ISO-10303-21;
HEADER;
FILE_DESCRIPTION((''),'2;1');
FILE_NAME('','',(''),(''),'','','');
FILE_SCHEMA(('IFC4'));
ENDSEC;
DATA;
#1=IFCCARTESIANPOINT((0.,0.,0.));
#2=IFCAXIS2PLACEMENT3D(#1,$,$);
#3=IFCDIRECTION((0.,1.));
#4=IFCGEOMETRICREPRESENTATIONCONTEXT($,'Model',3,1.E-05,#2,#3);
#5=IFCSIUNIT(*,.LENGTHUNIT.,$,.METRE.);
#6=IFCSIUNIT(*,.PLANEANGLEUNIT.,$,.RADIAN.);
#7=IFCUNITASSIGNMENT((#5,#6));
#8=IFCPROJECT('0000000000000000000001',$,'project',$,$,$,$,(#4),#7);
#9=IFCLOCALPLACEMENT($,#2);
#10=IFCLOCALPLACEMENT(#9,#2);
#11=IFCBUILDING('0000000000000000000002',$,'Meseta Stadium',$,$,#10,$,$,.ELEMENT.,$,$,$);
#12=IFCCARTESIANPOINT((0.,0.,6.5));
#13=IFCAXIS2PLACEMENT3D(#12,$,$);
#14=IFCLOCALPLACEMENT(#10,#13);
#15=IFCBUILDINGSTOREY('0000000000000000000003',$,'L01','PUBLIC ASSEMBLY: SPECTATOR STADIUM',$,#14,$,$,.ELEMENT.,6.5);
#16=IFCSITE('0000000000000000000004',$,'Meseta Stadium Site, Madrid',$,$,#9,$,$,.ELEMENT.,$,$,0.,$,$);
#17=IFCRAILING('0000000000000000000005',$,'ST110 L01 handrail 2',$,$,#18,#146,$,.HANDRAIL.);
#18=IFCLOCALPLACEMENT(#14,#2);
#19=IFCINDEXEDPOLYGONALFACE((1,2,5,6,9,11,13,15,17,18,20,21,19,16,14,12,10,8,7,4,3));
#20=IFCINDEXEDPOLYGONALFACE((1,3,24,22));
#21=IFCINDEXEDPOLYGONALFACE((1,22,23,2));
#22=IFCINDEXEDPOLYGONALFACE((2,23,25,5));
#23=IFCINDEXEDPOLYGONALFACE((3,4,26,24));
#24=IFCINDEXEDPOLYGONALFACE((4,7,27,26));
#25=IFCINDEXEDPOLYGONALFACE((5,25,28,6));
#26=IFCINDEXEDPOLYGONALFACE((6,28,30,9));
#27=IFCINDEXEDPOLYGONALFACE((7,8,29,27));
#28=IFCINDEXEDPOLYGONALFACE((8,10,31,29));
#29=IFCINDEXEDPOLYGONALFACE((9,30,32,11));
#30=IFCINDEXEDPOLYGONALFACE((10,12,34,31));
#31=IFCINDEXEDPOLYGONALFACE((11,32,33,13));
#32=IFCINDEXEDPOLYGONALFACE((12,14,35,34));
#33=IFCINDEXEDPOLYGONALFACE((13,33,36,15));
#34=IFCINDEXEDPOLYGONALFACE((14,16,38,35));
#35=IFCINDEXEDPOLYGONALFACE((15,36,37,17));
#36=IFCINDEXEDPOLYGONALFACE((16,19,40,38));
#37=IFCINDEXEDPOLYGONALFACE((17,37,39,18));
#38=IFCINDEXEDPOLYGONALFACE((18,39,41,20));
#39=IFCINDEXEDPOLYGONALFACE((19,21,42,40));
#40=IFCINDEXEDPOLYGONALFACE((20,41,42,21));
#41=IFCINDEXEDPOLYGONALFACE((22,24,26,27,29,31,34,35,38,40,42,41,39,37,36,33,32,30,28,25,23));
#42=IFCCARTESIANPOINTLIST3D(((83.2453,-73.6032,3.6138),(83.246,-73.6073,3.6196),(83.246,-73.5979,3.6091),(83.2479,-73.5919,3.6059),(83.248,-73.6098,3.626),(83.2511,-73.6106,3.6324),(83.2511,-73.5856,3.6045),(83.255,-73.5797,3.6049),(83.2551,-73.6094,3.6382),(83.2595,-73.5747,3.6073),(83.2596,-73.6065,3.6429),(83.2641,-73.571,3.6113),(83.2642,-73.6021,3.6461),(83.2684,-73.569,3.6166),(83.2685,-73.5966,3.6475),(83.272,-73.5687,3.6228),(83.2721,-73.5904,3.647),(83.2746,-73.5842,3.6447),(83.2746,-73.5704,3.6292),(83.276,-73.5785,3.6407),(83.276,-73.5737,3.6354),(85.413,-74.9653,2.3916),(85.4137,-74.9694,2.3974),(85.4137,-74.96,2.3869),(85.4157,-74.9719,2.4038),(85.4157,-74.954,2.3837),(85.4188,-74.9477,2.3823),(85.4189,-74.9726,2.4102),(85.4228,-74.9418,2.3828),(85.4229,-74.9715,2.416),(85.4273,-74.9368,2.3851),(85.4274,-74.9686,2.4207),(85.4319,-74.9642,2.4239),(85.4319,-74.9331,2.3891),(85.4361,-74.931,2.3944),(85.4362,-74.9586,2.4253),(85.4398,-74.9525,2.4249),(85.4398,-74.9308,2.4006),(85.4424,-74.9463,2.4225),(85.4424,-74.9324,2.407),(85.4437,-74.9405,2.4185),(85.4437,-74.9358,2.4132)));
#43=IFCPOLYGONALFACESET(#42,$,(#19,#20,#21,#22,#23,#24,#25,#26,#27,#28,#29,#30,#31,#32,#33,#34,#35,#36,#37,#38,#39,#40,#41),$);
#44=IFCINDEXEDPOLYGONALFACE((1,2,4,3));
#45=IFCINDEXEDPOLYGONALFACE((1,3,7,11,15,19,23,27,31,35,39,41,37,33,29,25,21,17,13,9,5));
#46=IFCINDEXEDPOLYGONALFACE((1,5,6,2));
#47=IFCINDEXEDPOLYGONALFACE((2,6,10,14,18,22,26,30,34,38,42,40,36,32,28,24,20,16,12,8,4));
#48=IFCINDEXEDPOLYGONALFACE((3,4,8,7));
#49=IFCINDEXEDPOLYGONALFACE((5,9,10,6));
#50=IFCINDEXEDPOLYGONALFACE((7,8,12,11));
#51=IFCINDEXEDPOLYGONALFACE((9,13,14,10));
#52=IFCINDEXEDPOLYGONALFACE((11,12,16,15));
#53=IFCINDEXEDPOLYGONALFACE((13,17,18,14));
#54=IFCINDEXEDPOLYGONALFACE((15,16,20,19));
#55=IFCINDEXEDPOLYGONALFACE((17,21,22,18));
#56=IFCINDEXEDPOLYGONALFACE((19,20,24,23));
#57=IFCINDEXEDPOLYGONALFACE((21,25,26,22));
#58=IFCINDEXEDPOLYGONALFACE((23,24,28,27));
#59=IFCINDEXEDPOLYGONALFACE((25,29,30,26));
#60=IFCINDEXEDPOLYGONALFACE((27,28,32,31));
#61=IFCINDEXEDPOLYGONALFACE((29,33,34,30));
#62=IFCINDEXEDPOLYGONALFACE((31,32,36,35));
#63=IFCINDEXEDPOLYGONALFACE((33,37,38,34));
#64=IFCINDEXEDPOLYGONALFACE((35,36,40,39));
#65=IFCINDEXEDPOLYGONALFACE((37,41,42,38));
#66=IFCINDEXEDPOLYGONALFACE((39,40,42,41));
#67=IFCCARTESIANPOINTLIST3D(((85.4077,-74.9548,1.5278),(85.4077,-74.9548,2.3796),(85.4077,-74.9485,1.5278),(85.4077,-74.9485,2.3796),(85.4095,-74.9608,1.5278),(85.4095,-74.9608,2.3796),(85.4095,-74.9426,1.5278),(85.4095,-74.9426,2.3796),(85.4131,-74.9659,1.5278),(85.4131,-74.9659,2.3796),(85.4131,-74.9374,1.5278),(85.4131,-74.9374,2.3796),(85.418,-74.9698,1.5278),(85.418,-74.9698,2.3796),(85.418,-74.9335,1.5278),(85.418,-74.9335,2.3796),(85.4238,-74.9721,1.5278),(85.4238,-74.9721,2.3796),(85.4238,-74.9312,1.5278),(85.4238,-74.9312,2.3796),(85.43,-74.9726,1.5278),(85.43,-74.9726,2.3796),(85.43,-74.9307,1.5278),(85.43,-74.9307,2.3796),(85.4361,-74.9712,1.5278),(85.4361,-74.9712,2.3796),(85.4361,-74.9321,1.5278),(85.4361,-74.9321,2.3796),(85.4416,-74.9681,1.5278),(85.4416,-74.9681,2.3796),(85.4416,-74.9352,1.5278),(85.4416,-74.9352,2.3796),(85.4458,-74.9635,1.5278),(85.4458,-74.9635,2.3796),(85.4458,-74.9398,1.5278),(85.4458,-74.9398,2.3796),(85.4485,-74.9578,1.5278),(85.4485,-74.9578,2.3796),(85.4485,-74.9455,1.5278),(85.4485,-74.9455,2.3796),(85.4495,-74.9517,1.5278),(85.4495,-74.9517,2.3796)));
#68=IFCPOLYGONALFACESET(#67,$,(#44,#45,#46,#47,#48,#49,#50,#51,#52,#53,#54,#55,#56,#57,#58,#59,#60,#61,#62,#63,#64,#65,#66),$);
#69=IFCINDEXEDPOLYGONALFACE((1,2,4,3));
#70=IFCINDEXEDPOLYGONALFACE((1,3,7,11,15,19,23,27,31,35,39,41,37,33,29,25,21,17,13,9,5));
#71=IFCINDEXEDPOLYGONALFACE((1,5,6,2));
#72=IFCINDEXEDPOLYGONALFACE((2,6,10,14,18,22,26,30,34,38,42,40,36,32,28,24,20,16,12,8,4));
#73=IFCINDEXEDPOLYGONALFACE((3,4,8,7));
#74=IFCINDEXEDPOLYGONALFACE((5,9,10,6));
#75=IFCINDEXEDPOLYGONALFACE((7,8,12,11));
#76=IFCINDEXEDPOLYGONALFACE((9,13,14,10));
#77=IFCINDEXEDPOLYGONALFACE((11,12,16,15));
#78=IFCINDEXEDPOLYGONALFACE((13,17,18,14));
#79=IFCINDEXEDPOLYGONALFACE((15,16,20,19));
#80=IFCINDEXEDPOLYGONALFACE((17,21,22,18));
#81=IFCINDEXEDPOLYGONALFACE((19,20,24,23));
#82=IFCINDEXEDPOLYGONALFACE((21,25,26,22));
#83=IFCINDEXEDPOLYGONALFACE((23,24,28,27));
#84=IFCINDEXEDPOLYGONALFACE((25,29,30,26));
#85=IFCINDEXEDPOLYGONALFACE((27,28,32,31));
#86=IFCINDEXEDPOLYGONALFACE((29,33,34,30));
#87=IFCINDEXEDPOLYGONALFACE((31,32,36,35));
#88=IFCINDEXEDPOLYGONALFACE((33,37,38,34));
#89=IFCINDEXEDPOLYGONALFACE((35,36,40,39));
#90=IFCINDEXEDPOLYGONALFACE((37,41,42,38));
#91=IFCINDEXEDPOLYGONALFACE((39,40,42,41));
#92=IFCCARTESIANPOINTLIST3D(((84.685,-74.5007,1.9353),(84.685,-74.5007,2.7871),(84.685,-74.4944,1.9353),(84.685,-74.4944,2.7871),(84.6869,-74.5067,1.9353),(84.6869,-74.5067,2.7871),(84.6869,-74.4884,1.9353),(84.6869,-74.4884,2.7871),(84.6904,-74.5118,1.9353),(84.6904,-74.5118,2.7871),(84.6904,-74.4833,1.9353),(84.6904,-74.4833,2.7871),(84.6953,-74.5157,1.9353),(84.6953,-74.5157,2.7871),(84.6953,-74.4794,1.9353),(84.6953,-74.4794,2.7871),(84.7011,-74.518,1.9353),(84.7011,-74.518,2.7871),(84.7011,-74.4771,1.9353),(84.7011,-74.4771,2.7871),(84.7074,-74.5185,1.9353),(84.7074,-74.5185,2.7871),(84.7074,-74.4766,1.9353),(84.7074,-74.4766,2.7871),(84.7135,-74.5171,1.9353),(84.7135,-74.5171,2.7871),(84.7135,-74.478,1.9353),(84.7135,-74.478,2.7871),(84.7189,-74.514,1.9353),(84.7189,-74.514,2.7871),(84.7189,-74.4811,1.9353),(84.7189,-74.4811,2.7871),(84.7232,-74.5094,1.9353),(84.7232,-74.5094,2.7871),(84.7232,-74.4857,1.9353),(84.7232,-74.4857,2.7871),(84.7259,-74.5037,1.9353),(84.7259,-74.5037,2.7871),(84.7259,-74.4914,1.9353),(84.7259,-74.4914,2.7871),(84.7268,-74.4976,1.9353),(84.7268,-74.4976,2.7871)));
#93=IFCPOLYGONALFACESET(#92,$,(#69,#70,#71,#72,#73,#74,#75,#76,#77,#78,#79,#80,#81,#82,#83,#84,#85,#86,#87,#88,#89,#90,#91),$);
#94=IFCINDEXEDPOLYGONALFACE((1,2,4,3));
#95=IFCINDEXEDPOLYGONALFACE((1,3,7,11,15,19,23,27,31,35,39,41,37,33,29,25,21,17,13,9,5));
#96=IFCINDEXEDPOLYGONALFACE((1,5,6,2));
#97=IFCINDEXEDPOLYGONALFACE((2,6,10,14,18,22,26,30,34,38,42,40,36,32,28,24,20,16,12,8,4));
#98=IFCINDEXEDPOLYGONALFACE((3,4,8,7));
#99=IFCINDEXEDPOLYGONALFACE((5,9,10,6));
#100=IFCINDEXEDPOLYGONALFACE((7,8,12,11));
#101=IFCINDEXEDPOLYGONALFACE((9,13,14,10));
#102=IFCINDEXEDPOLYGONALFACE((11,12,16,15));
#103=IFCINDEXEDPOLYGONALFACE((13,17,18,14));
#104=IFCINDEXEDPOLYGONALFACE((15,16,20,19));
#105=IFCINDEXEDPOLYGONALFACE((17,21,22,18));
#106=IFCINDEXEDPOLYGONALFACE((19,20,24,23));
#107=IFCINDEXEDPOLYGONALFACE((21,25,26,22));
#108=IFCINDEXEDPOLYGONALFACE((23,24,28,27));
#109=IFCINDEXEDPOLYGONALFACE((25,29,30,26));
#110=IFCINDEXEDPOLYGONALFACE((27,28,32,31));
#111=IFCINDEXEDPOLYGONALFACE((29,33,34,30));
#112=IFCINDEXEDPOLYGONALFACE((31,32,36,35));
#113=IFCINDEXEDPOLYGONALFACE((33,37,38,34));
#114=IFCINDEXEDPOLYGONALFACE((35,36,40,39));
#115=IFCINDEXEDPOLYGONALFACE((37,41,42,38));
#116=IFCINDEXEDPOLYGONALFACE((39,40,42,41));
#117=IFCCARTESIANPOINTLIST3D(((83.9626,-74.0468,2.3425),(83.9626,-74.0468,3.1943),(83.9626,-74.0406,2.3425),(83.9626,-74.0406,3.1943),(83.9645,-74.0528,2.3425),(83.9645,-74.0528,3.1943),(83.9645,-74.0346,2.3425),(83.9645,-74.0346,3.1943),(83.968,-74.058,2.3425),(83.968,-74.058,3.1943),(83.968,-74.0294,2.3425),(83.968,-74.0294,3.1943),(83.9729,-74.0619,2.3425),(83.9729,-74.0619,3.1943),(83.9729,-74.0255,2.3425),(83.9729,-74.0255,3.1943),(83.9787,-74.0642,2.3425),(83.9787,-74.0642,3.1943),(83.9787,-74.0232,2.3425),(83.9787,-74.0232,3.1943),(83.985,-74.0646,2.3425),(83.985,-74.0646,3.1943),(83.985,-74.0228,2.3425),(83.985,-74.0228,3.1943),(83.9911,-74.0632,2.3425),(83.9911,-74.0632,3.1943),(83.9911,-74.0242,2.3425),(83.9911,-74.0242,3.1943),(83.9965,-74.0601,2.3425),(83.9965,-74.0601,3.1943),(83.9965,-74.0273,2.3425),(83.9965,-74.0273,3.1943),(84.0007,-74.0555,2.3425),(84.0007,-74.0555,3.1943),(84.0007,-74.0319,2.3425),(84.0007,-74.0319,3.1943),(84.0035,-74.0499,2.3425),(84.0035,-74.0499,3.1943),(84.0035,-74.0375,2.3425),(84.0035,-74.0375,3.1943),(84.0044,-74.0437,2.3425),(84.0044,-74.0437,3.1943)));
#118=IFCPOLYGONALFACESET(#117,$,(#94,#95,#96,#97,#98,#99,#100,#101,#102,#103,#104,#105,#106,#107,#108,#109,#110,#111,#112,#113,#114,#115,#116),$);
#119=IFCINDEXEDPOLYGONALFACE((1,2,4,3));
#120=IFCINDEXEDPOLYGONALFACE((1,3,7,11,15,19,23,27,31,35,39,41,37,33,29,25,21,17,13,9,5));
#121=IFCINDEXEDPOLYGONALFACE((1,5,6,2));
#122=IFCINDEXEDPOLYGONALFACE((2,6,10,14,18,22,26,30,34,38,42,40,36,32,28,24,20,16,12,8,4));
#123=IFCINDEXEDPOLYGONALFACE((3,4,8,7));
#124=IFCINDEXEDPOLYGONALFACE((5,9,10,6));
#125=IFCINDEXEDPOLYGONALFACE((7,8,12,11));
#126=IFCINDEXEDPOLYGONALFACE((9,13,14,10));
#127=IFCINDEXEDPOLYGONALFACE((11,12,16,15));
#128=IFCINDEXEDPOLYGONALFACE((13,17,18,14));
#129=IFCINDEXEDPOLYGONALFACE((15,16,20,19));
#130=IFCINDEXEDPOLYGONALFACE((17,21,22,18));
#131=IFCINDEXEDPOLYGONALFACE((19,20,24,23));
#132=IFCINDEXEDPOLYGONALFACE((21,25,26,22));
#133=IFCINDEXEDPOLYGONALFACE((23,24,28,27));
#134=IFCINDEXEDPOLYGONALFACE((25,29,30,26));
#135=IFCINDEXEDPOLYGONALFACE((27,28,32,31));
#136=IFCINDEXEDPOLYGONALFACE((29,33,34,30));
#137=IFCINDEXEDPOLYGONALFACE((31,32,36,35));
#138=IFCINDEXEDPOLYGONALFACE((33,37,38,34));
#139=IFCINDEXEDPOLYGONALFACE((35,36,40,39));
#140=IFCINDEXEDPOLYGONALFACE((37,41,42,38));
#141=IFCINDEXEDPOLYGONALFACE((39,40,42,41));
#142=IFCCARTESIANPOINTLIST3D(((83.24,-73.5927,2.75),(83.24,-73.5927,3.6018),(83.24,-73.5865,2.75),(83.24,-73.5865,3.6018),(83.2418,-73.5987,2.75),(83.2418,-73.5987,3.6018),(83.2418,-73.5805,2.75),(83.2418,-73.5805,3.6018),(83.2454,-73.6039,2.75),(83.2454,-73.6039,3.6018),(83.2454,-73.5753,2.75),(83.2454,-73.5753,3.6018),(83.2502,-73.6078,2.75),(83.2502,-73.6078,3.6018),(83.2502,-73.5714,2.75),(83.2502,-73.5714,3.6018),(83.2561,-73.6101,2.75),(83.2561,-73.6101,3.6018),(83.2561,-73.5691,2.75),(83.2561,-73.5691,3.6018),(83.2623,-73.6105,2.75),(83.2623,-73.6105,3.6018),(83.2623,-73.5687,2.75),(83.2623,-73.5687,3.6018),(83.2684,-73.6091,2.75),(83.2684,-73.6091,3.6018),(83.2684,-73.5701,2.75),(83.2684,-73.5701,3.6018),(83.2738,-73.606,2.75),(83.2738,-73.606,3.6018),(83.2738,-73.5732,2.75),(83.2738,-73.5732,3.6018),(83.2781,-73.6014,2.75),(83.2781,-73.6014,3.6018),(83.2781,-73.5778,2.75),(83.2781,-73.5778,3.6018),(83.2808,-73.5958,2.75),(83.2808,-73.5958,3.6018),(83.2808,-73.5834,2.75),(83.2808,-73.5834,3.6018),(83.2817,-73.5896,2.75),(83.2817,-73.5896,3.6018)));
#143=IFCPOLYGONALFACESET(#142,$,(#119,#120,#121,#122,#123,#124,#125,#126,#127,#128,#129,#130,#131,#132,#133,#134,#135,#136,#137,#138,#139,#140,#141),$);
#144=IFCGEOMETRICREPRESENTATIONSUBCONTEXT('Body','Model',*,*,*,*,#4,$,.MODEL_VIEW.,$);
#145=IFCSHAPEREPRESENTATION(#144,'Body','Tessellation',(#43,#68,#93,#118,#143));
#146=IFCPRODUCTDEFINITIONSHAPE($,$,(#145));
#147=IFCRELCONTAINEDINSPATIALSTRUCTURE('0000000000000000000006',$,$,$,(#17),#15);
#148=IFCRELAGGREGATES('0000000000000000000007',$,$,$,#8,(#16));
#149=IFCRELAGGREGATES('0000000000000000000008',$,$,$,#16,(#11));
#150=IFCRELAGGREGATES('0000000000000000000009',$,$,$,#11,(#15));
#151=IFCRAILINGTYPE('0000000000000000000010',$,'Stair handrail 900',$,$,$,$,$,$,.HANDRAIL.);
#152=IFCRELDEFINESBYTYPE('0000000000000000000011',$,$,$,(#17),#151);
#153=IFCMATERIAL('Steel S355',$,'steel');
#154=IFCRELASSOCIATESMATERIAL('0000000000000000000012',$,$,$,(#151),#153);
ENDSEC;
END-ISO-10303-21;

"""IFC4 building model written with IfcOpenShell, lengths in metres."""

from ifc_helpers import new_model, si_unit, direction, frame, origin, origin_2d, place, context, subcontext, project, spatial, circle, extrude, material, type_object, element, save


model = new_model("IFC4")

# Units and contexts
model_context = context("Model", 3, precision=1e-05, world=origin(), true_north=direction((0.0, 1.0)))
body_context = subcontext(model_context, "Body", "Model", "MODEL_VIEW")
ifc_project = project(units=[si_unit("LENGTHUNIT", "METRE"), si_unit("PLANEANGLEUNIT", "RADIAN")], contexts=[model_context])

# Site, building, storey
site_placement = place(None, origin())
site = spatial("IfcSite", under=ifc_project, at=site_placement, Name="Meseta Stadium Site, Madrid", CompositionType="ELEMENT", RefElevation=0.0)
building_placement = place(site_placement, origin())
building = spatial("IfcBuilding", under=site, at=building_placement, Name="Meseta Stadium", CompositionType="ELEMENT")
storey_placement = place(building_placement, frame((0.0, 0.0, 6.5)))
storey = spatial("IfcBuildingStorey", under=building, at=storey_placement, Name="L01", Description="PUBLIC ASSEMBLY: SPECTATOR STADIUM", CompositionType="ELEMENT", Elevation=6.5)

# Railing
ifc_material_1 = material(Name="Steel S355", Category="steel")
railing_type_1 = type_object("IfcRailingType", Name="Stair handrail 900", PredefinedType="HANDRAIL", material=ifc_material_1)
for number, where, name in (
    (1, (85.4285, -74.9517, 1.5278), "ST110 L01 handrail 2"),
):
    element("IfcRailing", number, at=place(storey_placement, frame(where)), inside=storey, type_object=railing_type_1, Name=name, PredefinedType="HANDRAIL", context=body_context, shape_type="SweptSolid", body=[
        extrude(circle(Radius=0.0239, at=origin_2d()), frame((0.0, 0.0, 0.876), z_axis=(-0.764121, 0.480125, 0.430813), x_axis=(-0.532029, -0.846726, 0.0)), (0.0, 0.0, 1.0), 2.8369),
        extrude(circle(Radius=0.021, at=origin_2d()), origin(), (0.0, 0.0, 1.0), 0.8518),
        extrude(circle(Radius=0.021, at=origin_2d()), frame((-0.7227, 0.4541, 0.4075)), (0.0, 0.0, 1.0), 0.8518),
        extrude(circle(Radius=0.021, at=origin_2d()), frame((-1.4451, 0.908, 0.8147)), (0.0, 0.0, 1.0), 0.8518),
        extrude(circle(Radius=0.021, at=origin_2d()), frame((-2.1677, 1.3621, 1.2222)), (0.0, 0.0, 1.0), 0.8518),
    ])

save(model, "model.ifc")
